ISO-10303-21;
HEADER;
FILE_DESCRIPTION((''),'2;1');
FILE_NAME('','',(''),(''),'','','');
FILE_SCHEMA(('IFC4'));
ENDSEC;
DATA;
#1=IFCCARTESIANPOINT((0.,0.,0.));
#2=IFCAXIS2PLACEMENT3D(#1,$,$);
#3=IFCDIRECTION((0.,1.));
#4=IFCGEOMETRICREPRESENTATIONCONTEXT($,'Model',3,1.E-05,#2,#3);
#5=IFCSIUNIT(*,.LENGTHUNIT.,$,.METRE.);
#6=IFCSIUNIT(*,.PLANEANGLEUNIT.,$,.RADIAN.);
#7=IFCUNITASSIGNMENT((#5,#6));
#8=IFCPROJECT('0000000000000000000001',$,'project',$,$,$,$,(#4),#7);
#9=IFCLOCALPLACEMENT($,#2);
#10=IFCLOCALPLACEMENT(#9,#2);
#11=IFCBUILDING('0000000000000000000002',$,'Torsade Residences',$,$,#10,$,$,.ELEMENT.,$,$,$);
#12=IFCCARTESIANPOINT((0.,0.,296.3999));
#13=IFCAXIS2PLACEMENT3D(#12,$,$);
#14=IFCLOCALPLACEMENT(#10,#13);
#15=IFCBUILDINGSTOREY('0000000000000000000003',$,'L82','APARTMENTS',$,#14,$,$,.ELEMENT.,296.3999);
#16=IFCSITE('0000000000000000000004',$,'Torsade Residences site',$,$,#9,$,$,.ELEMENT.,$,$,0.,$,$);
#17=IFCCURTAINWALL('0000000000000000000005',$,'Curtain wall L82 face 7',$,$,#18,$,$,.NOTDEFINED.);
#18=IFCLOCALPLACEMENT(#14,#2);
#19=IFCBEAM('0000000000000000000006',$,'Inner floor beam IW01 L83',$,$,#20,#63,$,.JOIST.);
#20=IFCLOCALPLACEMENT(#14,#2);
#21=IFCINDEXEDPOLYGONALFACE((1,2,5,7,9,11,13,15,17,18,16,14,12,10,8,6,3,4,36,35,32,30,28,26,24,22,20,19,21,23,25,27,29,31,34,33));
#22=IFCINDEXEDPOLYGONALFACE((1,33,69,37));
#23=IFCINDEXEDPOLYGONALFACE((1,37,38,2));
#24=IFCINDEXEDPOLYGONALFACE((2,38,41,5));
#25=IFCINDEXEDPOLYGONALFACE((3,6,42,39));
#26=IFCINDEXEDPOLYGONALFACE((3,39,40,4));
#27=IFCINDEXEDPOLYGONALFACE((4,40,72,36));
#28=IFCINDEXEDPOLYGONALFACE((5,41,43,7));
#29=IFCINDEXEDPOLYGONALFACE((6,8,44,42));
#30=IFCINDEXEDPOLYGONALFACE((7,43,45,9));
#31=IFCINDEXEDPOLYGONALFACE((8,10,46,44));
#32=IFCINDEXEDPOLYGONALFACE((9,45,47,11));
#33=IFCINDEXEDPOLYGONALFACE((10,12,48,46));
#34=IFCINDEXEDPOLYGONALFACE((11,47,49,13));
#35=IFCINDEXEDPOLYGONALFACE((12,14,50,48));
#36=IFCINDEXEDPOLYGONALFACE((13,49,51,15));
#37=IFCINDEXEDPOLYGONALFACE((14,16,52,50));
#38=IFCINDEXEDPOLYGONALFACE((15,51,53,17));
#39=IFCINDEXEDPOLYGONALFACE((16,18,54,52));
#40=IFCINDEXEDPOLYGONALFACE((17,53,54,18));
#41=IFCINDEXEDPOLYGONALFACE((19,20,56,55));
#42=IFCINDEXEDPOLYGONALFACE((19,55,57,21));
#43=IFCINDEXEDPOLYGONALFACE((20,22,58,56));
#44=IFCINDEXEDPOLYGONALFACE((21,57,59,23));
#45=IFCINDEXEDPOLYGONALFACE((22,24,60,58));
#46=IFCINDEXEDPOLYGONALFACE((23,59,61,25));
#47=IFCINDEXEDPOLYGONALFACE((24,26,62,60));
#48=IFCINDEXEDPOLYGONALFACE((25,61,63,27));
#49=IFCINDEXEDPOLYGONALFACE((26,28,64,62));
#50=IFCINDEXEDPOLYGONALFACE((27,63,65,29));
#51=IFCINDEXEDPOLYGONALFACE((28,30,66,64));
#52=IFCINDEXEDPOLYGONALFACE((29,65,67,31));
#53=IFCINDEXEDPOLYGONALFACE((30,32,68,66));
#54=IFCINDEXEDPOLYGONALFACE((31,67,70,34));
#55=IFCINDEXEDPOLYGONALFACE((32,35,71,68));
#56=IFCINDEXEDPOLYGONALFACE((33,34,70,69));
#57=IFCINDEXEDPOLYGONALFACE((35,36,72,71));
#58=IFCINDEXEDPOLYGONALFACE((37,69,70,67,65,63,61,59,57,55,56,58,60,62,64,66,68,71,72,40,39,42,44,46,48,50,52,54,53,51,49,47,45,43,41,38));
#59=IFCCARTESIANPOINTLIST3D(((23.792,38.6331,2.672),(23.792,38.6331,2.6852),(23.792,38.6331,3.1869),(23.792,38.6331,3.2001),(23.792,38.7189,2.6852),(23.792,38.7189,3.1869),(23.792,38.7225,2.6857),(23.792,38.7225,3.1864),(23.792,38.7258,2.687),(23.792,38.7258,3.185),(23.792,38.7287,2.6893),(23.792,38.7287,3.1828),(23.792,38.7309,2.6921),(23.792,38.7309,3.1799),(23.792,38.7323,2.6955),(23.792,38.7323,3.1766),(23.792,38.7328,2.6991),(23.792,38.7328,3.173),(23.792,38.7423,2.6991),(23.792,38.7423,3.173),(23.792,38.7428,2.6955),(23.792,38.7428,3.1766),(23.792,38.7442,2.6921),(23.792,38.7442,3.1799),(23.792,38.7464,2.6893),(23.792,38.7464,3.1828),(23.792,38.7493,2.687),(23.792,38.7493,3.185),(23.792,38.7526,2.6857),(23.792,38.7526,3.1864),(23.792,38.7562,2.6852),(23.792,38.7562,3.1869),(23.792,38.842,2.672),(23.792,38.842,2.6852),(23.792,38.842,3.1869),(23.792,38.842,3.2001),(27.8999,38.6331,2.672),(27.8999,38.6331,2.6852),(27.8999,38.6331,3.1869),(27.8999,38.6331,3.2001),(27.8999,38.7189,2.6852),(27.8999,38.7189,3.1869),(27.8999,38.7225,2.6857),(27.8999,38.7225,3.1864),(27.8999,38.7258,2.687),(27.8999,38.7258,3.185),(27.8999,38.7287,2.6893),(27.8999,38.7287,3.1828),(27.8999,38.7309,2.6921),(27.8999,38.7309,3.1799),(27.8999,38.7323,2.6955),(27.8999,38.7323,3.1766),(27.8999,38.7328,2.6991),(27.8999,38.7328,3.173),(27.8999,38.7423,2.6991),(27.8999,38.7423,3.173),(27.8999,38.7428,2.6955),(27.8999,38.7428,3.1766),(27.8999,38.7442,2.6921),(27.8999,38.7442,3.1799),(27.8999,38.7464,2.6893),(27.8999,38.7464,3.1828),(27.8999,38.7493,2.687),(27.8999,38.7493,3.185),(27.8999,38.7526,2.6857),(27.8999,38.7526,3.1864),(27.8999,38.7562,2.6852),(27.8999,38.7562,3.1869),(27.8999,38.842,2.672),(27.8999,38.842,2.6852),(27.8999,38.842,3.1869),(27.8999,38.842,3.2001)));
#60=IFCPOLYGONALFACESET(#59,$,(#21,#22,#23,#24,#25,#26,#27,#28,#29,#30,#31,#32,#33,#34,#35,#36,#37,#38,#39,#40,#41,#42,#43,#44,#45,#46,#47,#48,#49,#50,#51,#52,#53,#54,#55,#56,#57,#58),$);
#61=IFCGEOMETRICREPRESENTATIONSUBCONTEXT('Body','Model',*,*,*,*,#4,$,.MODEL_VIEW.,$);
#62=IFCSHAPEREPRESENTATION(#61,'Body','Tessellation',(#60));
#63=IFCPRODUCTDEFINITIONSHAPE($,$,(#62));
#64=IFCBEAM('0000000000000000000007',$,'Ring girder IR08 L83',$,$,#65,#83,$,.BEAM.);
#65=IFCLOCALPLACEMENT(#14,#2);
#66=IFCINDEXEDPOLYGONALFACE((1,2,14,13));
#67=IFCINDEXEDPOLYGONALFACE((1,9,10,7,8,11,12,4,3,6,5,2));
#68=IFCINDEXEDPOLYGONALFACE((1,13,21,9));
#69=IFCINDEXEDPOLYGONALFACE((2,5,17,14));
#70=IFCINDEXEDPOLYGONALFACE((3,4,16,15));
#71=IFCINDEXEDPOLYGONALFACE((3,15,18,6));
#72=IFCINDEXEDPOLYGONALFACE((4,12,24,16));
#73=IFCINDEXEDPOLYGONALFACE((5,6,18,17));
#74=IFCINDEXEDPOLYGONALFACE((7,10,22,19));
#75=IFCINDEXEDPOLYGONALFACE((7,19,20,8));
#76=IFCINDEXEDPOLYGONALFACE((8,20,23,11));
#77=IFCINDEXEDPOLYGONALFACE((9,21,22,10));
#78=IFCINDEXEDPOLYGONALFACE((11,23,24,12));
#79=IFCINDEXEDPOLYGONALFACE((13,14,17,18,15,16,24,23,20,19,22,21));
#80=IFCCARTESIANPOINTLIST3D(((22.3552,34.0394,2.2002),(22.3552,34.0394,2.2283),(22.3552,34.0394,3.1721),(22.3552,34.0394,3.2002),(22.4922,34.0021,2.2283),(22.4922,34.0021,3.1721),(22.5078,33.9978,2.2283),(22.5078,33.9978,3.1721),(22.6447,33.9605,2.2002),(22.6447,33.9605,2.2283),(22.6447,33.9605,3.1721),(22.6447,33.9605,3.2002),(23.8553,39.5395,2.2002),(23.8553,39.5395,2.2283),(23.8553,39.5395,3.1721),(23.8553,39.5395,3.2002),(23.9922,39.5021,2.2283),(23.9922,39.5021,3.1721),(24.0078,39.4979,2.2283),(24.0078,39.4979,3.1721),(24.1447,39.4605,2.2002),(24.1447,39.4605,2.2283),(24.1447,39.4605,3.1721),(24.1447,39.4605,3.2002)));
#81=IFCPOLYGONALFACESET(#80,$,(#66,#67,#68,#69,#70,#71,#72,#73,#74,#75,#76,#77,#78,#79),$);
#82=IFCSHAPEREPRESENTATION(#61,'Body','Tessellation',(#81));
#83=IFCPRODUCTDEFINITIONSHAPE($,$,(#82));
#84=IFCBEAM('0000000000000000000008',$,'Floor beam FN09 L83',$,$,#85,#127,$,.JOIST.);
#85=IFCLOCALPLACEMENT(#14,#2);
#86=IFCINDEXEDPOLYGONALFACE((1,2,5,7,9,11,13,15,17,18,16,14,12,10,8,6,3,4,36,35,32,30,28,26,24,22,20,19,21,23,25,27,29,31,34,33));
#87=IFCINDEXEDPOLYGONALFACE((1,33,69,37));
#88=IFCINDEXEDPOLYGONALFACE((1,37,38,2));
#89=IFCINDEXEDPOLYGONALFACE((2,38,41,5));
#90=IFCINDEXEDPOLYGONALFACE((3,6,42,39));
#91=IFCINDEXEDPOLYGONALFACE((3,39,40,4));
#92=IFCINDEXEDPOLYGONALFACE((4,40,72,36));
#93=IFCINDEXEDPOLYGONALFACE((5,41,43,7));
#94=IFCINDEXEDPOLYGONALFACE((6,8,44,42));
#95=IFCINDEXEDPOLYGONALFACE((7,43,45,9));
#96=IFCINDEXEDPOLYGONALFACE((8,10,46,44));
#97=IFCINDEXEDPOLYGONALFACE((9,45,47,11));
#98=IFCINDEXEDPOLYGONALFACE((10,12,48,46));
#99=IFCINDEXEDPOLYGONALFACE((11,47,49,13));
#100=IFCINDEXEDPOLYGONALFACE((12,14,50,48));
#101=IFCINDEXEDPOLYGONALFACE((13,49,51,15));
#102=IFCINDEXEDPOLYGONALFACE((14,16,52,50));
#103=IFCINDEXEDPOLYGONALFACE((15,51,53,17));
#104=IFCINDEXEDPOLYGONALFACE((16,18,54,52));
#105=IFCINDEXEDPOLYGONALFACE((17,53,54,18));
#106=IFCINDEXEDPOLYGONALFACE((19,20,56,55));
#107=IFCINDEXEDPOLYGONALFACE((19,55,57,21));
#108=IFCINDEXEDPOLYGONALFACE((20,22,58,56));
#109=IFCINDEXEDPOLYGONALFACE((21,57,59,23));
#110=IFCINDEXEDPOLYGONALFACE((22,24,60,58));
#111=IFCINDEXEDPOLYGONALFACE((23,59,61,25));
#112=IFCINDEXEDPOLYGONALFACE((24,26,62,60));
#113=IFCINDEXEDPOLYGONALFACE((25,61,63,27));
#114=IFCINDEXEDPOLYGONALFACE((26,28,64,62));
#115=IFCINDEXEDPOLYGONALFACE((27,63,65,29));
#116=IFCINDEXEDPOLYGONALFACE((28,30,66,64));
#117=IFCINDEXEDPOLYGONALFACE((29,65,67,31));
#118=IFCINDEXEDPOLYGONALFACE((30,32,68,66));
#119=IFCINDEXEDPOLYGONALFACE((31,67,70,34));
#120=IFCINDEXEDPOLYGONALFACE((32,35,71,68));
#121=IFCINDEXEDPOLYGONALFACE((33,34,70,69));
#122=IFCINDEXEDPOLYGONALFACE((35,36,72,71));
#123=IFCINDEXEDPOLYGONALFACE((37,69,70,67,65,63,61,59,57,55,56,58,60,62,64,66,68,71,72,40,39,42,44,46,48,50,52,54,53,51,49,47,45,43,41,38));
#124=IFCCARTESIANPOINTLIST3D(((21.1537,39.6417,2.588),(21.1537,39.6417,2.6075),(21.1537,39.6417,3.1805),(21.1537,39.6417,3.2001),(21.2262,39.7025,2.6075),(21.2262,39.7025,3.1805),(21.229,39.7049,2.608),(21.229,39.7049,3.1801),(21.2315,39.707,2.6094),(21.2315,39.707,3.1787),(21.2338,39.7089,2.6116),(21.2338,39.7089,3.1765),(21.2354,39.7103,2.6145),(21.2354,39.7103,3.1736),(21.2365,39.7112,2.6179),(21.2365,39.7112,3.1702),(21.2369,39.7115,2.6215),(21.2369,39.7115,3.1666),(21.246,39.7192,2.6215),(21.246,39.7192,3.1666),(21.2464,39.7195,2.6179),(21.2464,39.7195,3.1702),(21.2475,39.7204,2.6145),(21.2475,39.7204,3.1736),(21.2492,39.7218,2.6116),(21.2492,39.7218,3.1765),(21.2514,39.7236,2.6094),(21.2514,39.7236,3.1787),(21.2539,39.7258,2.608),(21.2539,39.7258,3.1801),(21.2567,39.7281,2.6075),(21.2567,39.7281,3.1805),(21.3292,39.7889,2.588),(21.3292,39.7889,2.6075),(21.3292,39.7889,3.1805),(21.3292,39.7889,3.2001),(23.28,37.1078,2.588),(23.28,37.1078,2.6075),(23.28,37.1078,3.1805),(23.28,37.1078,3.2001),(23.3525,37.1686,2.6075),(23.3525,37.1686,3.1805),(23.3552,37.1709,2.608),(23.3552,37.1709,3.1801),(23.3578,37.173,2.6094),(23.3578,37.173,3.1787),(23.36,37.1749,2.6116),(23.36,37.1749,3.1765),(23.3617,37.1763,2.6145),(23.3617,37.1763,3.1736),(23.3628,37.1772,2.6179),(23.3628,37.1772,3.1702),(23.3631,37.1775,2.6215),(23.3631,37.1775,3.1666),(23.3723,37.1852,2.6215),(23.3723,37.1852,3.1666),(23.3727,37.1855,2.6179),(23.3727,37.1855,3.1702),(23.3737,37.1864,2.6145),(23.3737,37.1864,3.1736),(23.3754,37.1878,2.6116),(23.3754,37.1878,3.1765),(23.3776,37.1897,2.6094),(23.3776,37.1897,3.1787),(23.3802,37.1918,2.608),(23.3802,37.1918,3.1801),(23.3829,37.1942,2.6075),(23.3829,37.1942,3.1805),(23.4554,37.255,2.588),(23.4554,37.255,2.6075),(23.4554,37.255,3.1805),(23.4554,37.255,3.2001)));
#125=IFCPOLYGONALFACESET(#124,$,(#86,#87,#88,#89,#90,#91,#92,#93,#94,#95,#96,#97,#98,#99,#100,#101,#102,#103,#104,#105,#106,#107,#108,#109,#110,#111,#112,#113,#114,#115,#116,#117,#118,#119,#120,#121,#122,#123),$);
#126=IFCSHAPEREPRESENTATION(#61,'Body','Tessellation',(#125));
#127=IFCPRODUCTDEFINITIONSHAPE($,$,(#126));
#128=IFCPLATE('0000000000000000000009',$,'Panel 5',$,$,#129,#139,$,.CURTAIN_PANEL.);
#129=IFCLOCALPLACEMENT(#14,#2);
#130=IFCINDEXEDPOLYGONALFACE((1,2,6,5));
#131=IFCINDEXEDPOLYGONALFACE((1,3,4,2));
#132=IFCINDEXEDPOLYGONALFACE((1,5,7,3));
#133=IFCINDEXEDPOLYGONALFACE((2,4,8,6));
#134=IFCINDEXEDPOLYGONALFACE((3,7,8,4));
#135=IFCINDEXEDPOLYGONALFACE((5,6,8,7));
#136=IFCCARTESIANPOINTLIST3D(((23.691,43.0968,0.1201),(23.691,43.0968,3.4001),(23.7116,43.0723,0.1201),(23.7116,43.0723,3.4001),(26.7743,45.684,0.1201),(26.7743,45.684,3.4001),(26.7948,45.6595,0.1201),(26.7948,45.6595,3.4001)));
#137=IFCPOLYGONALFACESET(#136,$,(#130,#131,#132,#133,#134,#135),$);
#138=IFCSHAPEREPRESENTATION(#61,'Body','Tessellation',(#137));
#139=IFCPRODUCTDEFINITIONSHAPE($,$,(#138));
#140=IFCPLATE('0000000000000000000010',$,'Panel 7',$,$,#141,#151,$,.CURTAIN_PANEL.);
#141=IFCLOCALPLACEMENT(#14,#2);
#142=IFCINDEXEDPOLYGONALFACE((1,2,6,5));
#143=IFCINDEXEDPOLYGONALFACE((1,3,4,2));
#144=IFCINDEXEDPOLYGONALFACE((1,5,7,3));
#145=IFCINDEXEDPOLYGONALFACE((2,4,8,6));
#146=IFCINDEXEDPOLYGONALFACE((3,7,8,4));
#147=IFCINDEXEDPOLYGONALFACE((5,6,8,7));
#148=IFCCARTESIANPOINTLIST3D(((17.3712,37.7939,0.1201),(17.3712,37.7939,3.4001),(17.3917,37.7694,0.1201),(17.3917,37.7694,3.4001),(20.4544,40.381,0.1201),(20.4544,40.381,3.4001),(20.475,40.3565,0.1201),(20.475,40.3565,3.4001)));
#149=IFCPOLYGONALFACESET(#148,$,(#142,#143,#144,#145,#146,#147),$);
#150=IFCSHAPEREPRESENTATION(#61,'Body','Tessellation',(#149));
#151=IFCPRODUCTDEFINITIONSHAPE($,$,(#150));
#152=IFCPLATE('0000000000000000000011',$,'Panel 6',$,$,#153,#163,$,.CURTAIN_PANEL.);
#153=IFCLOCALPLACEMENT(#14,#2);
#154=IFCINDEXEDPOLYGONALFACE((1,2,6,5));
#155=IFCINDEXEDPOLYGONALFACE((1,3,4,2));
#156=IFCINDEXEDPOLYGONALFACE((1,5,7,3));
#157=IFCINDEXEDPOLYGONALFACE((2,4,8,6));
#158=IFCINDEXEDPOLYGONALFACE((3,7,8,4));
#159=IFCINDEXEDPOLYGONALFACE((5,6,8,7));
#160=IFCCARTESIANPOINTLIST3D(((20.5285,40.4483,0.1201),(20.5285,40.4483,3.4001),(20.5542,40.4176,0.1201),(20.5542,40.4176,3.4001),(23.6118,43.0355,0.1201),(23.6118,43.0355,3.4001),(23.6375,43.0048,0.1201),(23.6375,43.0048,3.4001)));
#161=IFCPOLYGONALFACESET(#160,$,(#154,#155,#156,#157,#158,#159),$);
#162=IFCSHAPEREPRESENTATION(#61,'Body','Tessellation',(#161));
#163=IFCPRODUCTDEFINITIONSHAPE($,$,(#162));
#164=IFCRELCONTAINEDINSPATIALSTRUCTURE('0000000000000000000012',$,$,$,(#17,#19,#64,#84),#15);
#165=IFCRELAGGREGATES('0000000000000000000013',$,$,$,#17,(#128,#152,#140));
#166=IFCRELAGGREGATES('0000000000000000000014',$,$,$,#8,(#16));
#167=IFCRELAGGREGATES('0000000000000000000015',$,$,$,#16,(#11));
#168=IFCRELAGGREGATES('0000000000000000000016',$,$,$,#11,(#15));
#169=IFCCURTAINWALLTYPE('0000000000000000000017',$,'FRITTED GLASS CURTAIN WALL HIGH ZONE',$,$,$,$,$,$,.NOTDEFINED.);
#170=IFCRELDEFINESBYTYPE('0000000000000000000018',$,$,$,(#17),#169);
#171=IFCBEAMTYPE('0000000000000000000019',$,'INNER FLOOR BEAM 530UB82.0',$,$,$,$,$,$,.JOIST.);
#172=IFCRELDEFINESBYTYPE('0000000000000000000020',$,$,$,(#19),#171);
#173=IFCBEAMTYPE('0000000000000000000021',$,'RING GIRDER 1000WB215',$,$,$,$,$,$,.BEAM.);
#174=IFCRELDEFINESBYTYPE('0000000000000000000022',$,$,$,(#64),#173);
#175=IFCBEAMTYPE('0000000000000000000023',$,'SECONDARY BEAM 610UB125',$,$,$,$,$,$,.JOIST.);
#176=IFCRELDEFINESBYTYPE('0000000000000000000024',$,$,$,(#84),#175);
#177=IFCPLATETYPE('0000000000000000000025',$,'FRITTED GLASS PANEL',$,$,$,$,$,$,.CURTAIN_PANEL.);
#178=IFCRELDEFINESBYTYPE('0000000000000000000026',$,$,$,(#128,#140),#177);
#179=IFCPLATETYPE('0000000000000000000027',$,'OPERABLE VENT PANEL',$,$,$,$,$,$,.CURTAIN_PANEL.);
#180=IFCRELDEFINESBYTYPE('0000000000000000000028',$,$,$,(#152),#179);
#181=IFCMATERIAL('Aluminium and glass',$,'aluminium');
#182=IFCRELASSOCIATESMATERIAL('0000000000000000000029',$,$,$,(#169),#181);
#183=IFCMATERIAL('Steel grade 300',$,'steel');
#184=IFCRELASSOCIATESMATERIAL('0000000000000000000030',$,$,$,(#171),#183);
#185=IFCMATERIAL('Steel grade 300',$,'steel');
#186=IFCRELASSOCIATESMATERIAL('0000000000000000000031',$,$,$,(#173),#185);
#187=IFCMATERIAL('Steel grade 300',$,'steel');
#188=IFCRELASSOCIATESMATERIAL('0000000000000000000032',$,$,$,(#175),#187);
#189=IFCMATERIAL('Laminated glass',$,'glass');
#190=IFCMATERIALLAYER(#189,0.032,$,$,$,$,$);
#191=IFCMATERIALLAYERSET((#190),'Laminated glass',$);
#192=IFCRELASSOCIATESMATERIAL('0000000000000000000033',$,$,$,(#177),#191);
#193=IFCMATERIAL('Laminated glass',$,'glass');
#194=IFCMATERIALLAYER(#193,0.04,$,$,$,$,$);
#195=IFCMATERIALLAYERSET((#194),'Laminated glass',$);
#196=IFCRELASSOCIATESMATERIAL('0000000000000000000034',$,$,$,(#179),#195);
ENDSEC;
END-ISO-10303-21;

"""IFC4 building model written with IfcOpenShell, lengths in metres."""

from ifc_helpers import new_model, si_unit, direction, frame, origin, origin_2d, place, context, subcontext, project, spatial, rectangle, i_section, extrude, material, layer, layer_set, material_profile, profile_set, type_object, element, aggregate, save


model = new_model("IFC4")

# Units and contexts
model_context = context("Model", 3, precision=1e-05, world=origin(), true_north=direction((0.0, 1.0)))
body_context = subcontext(model_context, "Body", "Model", "MODEL_VIEW")
ifc_project = project(units=[si_unit("LENGTHUNIT", "METRE"), si_unit("PLANEANGLEUNIT", "RADIAN")], contexts=[model_context])

# Site, building, storey
site_placement = place(None, origin())
site = spatial("IfcSite", under=ifc_project, at=site_placement, Name="Torsade Residences site", CompositionType="ELEMENT", RefElevation=0.0)
building_placement = place(site_placement, origin())
building = spatial("IfcBuilding", under=site, at=building_placement, Name="Torsade Residences", CompositionType="ELEMENT")
storey_placement = place(building_placement, frame((0.0, 0.0, 296.3999)))
storey = spatial("IfcBuildingStorey", under=building, at=storey_placement, Name="L82", Description="APARTMENTS", CompositionType="ELEMENT", Elevation=296.3999)

# Curtain wall
ifc_material_1 = material(Name="Aluminium and glass", Category="aluminium")
curtain_wall_type = type_object("IfcCurtainWallType", Name="FRITTED GLASS CURTAIN WALL HIGH ZONE", PredefinedType="NOTDEFINED", material=ifc_material_1)
curtain_wall_placement = place(storey_placement, origin())
curtain_wall = element("IfcCurtainWall", 1, at=curtain_wall_placement, inside=storey, type_object=curtain_wall_type, Name="Curtain wall L82 face 7", PredefinedType="NOTDEFINED")

# Beams
ifc_material_2 = material(Name="Steel grade 300", Category="steel")
ifc_material_profile_1 = material_profile(ifc_material_2, i_section(OverallWidth=0.209, OverallDepth=0.5281, WebThickness=0.0095, FlangeThickness=0.0132, FilletRadius=0.0139, at=origin_2d()), Name="530UB82.0")
ifc_profile_set_1 = profile_set([ifc_material_profile_1], Name="Steel grade 300")
beam_type_1 = type_object("IfcBeamType", Name="INNER FLOOR BEAM 530UB82.0", PredefinedType="JOIST", material=ifc_profile_set_1)
beam_1_placement = place(storey_placement, frame((27.8999, 38.7375, 2.936), z_axis=(-1.0, 0.0, 0.0), x_axis=(0.0, -1.0, 0.0)))
element("IfcBeam", 2, at=beam_1_placement, inside=storey, type_object=beam_type_1, Name="Inner floor beam IW01 L83", PredefinedType="JOIST", context=body_context, shape_type="SweptSolid", body=[
    extrude(i_section(OverallWidth=0.209, OverallDepth=0.5281, WebThickness=0.0095, FlangeThickness=0.0132, FilletRadius=0.0139, at=origin_2d()), origin(), (0.0, 0.0, 1.0), 4.1079),
])
ifc_material_3 = material(Name="Steel grade 300", Category="steel")
ifc_material_profile_2 = material_profile(ifc_material_3, i_section(OverallWidth=0.3, OverallDepth=1.0, WebThickness=0.0161, FlangeThickness=0.0281, at=origin_2d()), Name="1000WB215")
ifc_profile_set_2 = profile_set([ifc_material_profile_2], Name="Steel grade 300")
beam_type_2 = type_object("IfcBeamType", Name="RING GIRDER 1000WB215", PredefinedType="BEAM", material=ifc_profile_set_2)
beam_2_placement = place(storey_placement, frame((24.0, 39.5, 2.7002), z_axis=(-0.263117, -0.964764, 0.0), x_axis=(0.964764, -0.263117, 0.0)))
element("IfcBeam", 3, at=beam_2_placement, inside=storey, type_object=beam_type_2, Name="Ring girder IR08 L83", PredefinedType="BEAM", context=body_context, shape_type="SweptSolid", body=[
    extrude(i_section(OverallWidth=0.3, OverallDepth=1.0, WebThickness=0.0161, FlangeThickness=0.0281, at=origin_2d()), origin(), (0.0, 0.0, 1.0), 5.7009),
])
ifc_material_4 = material(Name="Steel grade 300", Category="steel")
ifc_material_profile_3 = material_profile(ifc_material_4, i_section(OverallWidth=0.229, OverallDepth=0.6121, WebThickness=0.012, FlangeThickness=0.0195, FilletRadius=0.0139, at=origin_2d()), Name="610UB125")
ifc_profile_set_3 = profile_set([ifc_material_profile_3], Name="Steel grade 300")
beam_type_3 = type_object("IfcBeamType", Name="SECONDARY BEAM 610UB125", PredefinedType="JOIST", material=ifc_profile_set_3)
beam_3_placement = place(storey_placement, frame((21.2415, 39.7153, 2.894), z_axis=(0.642787, -0.766045, 0.0), x_axis=(0.766045, 0.642787, 0.0)))
element("IfcBeam", 4, at=beam_3_placement, inside=storey, type_object=beam_type_3, Name="Floor beam FN09 L83", PredefinedType="JOIST", context=body_context, shape_type="SweptSolid", body=[
    extrude(i_section(OverallWidth=0.229, OverallDepth=0.6121, WebThickness=0.012, FlangeThickness=0.0195, FilletRadius=0.0139, at=origin_2d()), origin(), (0.0, 0.0, 1.0), 3.3079),
])

# Plates
ifc_material_5 = material(Name="Laminated glass", Category="glass")
ifc_layer_1 = layer(ifc_material_5, 0.032)
ifc_layer_set_1 = layer_set([ifc_layer_1], Name="Laminated glass")
plate_type_1 = type_object("IfcPlateType", Name="FRITTED GLASS PANEL", PredefinedType="CURTAIN_PANEL", material=ifc_layer_set_1)
plate_1_placement = place(storey_placement, frame((25.2429, 44.3782, 0.1201), z_axis=(0.0, 0.0, 1.0), x_axis=(-0.766044, -0.642788, 0.0)))
plate_1 = element("IfcPlate", 5, at=plate_1_placement, type_object=plate_type_1, Name="Panel 5", PredefinedType="CURTAIN_PANEL", context=body_context, shape_type="SweptSolid", body=[
    extrude(rectangle(XDim=4.0249, YDim=0.032, at=origin_2d()), origin(), (0.0, 0.0, 1.0), 3.28),
])
plate_2_placement = place(storey_placement, frame((18.9231, 39.0752, 0.1201), z_axis=(0.0, 0.0, 1.0), x_axis=(-0.766044, -0.642788, 0.0)))
plate_2 = element("IfcPlate", 6, at=plate_2_placement, type_object=plate_type_1, Name="Panel 7", PredefinedType="CURTAIN_PANEL", context=body_context, shape_type="SweptSolid", body=[
    extrude(rectangle(XDim=4.0249, YDim=0.032, at=origin_2d()), origin(), (0.0, 0.0, 1.0), 3.28),
])
ifc_material_6 = material(Name="Laminated glass", Category="glass")
ifc_layer_2 = layer(ifc_material_6, 0.04)
ifc_layer_set_2 = layer_set([ifc_layer_2], Name="Laminated glass")
plate_type_2 = type_object("IfcPlateType", Name="OPERABLE VENT PANEL", PredefinedType="CURTAIN_PANEL", material=ifc_layer_set_2)
plate_3_placement = place(storey_placement, frame((22.083, 41.7266, 0.1201), z_axis=(0.0, 0.0, 1.0), x_axis=(-0.766044, -0.642788, 0.0)))
plate_3 = element("IfcPlate", 7, at=plate_3_placement, type_object=plate_type_2, Name="Panel 6", PredefinedType="CURTAIN_PANEL", context=body_context, shape_type="SweptSolid", body=[
    extrude(rectangle(XDim=4.0249, YDim=0.04, at=origin_2d()), origin(), (0.0, 0.0, 1.0), 3.28),
])
aggregate(curtain_wall, [plate_1, plate_3, plate_2])

save(model, "model.ifc")
